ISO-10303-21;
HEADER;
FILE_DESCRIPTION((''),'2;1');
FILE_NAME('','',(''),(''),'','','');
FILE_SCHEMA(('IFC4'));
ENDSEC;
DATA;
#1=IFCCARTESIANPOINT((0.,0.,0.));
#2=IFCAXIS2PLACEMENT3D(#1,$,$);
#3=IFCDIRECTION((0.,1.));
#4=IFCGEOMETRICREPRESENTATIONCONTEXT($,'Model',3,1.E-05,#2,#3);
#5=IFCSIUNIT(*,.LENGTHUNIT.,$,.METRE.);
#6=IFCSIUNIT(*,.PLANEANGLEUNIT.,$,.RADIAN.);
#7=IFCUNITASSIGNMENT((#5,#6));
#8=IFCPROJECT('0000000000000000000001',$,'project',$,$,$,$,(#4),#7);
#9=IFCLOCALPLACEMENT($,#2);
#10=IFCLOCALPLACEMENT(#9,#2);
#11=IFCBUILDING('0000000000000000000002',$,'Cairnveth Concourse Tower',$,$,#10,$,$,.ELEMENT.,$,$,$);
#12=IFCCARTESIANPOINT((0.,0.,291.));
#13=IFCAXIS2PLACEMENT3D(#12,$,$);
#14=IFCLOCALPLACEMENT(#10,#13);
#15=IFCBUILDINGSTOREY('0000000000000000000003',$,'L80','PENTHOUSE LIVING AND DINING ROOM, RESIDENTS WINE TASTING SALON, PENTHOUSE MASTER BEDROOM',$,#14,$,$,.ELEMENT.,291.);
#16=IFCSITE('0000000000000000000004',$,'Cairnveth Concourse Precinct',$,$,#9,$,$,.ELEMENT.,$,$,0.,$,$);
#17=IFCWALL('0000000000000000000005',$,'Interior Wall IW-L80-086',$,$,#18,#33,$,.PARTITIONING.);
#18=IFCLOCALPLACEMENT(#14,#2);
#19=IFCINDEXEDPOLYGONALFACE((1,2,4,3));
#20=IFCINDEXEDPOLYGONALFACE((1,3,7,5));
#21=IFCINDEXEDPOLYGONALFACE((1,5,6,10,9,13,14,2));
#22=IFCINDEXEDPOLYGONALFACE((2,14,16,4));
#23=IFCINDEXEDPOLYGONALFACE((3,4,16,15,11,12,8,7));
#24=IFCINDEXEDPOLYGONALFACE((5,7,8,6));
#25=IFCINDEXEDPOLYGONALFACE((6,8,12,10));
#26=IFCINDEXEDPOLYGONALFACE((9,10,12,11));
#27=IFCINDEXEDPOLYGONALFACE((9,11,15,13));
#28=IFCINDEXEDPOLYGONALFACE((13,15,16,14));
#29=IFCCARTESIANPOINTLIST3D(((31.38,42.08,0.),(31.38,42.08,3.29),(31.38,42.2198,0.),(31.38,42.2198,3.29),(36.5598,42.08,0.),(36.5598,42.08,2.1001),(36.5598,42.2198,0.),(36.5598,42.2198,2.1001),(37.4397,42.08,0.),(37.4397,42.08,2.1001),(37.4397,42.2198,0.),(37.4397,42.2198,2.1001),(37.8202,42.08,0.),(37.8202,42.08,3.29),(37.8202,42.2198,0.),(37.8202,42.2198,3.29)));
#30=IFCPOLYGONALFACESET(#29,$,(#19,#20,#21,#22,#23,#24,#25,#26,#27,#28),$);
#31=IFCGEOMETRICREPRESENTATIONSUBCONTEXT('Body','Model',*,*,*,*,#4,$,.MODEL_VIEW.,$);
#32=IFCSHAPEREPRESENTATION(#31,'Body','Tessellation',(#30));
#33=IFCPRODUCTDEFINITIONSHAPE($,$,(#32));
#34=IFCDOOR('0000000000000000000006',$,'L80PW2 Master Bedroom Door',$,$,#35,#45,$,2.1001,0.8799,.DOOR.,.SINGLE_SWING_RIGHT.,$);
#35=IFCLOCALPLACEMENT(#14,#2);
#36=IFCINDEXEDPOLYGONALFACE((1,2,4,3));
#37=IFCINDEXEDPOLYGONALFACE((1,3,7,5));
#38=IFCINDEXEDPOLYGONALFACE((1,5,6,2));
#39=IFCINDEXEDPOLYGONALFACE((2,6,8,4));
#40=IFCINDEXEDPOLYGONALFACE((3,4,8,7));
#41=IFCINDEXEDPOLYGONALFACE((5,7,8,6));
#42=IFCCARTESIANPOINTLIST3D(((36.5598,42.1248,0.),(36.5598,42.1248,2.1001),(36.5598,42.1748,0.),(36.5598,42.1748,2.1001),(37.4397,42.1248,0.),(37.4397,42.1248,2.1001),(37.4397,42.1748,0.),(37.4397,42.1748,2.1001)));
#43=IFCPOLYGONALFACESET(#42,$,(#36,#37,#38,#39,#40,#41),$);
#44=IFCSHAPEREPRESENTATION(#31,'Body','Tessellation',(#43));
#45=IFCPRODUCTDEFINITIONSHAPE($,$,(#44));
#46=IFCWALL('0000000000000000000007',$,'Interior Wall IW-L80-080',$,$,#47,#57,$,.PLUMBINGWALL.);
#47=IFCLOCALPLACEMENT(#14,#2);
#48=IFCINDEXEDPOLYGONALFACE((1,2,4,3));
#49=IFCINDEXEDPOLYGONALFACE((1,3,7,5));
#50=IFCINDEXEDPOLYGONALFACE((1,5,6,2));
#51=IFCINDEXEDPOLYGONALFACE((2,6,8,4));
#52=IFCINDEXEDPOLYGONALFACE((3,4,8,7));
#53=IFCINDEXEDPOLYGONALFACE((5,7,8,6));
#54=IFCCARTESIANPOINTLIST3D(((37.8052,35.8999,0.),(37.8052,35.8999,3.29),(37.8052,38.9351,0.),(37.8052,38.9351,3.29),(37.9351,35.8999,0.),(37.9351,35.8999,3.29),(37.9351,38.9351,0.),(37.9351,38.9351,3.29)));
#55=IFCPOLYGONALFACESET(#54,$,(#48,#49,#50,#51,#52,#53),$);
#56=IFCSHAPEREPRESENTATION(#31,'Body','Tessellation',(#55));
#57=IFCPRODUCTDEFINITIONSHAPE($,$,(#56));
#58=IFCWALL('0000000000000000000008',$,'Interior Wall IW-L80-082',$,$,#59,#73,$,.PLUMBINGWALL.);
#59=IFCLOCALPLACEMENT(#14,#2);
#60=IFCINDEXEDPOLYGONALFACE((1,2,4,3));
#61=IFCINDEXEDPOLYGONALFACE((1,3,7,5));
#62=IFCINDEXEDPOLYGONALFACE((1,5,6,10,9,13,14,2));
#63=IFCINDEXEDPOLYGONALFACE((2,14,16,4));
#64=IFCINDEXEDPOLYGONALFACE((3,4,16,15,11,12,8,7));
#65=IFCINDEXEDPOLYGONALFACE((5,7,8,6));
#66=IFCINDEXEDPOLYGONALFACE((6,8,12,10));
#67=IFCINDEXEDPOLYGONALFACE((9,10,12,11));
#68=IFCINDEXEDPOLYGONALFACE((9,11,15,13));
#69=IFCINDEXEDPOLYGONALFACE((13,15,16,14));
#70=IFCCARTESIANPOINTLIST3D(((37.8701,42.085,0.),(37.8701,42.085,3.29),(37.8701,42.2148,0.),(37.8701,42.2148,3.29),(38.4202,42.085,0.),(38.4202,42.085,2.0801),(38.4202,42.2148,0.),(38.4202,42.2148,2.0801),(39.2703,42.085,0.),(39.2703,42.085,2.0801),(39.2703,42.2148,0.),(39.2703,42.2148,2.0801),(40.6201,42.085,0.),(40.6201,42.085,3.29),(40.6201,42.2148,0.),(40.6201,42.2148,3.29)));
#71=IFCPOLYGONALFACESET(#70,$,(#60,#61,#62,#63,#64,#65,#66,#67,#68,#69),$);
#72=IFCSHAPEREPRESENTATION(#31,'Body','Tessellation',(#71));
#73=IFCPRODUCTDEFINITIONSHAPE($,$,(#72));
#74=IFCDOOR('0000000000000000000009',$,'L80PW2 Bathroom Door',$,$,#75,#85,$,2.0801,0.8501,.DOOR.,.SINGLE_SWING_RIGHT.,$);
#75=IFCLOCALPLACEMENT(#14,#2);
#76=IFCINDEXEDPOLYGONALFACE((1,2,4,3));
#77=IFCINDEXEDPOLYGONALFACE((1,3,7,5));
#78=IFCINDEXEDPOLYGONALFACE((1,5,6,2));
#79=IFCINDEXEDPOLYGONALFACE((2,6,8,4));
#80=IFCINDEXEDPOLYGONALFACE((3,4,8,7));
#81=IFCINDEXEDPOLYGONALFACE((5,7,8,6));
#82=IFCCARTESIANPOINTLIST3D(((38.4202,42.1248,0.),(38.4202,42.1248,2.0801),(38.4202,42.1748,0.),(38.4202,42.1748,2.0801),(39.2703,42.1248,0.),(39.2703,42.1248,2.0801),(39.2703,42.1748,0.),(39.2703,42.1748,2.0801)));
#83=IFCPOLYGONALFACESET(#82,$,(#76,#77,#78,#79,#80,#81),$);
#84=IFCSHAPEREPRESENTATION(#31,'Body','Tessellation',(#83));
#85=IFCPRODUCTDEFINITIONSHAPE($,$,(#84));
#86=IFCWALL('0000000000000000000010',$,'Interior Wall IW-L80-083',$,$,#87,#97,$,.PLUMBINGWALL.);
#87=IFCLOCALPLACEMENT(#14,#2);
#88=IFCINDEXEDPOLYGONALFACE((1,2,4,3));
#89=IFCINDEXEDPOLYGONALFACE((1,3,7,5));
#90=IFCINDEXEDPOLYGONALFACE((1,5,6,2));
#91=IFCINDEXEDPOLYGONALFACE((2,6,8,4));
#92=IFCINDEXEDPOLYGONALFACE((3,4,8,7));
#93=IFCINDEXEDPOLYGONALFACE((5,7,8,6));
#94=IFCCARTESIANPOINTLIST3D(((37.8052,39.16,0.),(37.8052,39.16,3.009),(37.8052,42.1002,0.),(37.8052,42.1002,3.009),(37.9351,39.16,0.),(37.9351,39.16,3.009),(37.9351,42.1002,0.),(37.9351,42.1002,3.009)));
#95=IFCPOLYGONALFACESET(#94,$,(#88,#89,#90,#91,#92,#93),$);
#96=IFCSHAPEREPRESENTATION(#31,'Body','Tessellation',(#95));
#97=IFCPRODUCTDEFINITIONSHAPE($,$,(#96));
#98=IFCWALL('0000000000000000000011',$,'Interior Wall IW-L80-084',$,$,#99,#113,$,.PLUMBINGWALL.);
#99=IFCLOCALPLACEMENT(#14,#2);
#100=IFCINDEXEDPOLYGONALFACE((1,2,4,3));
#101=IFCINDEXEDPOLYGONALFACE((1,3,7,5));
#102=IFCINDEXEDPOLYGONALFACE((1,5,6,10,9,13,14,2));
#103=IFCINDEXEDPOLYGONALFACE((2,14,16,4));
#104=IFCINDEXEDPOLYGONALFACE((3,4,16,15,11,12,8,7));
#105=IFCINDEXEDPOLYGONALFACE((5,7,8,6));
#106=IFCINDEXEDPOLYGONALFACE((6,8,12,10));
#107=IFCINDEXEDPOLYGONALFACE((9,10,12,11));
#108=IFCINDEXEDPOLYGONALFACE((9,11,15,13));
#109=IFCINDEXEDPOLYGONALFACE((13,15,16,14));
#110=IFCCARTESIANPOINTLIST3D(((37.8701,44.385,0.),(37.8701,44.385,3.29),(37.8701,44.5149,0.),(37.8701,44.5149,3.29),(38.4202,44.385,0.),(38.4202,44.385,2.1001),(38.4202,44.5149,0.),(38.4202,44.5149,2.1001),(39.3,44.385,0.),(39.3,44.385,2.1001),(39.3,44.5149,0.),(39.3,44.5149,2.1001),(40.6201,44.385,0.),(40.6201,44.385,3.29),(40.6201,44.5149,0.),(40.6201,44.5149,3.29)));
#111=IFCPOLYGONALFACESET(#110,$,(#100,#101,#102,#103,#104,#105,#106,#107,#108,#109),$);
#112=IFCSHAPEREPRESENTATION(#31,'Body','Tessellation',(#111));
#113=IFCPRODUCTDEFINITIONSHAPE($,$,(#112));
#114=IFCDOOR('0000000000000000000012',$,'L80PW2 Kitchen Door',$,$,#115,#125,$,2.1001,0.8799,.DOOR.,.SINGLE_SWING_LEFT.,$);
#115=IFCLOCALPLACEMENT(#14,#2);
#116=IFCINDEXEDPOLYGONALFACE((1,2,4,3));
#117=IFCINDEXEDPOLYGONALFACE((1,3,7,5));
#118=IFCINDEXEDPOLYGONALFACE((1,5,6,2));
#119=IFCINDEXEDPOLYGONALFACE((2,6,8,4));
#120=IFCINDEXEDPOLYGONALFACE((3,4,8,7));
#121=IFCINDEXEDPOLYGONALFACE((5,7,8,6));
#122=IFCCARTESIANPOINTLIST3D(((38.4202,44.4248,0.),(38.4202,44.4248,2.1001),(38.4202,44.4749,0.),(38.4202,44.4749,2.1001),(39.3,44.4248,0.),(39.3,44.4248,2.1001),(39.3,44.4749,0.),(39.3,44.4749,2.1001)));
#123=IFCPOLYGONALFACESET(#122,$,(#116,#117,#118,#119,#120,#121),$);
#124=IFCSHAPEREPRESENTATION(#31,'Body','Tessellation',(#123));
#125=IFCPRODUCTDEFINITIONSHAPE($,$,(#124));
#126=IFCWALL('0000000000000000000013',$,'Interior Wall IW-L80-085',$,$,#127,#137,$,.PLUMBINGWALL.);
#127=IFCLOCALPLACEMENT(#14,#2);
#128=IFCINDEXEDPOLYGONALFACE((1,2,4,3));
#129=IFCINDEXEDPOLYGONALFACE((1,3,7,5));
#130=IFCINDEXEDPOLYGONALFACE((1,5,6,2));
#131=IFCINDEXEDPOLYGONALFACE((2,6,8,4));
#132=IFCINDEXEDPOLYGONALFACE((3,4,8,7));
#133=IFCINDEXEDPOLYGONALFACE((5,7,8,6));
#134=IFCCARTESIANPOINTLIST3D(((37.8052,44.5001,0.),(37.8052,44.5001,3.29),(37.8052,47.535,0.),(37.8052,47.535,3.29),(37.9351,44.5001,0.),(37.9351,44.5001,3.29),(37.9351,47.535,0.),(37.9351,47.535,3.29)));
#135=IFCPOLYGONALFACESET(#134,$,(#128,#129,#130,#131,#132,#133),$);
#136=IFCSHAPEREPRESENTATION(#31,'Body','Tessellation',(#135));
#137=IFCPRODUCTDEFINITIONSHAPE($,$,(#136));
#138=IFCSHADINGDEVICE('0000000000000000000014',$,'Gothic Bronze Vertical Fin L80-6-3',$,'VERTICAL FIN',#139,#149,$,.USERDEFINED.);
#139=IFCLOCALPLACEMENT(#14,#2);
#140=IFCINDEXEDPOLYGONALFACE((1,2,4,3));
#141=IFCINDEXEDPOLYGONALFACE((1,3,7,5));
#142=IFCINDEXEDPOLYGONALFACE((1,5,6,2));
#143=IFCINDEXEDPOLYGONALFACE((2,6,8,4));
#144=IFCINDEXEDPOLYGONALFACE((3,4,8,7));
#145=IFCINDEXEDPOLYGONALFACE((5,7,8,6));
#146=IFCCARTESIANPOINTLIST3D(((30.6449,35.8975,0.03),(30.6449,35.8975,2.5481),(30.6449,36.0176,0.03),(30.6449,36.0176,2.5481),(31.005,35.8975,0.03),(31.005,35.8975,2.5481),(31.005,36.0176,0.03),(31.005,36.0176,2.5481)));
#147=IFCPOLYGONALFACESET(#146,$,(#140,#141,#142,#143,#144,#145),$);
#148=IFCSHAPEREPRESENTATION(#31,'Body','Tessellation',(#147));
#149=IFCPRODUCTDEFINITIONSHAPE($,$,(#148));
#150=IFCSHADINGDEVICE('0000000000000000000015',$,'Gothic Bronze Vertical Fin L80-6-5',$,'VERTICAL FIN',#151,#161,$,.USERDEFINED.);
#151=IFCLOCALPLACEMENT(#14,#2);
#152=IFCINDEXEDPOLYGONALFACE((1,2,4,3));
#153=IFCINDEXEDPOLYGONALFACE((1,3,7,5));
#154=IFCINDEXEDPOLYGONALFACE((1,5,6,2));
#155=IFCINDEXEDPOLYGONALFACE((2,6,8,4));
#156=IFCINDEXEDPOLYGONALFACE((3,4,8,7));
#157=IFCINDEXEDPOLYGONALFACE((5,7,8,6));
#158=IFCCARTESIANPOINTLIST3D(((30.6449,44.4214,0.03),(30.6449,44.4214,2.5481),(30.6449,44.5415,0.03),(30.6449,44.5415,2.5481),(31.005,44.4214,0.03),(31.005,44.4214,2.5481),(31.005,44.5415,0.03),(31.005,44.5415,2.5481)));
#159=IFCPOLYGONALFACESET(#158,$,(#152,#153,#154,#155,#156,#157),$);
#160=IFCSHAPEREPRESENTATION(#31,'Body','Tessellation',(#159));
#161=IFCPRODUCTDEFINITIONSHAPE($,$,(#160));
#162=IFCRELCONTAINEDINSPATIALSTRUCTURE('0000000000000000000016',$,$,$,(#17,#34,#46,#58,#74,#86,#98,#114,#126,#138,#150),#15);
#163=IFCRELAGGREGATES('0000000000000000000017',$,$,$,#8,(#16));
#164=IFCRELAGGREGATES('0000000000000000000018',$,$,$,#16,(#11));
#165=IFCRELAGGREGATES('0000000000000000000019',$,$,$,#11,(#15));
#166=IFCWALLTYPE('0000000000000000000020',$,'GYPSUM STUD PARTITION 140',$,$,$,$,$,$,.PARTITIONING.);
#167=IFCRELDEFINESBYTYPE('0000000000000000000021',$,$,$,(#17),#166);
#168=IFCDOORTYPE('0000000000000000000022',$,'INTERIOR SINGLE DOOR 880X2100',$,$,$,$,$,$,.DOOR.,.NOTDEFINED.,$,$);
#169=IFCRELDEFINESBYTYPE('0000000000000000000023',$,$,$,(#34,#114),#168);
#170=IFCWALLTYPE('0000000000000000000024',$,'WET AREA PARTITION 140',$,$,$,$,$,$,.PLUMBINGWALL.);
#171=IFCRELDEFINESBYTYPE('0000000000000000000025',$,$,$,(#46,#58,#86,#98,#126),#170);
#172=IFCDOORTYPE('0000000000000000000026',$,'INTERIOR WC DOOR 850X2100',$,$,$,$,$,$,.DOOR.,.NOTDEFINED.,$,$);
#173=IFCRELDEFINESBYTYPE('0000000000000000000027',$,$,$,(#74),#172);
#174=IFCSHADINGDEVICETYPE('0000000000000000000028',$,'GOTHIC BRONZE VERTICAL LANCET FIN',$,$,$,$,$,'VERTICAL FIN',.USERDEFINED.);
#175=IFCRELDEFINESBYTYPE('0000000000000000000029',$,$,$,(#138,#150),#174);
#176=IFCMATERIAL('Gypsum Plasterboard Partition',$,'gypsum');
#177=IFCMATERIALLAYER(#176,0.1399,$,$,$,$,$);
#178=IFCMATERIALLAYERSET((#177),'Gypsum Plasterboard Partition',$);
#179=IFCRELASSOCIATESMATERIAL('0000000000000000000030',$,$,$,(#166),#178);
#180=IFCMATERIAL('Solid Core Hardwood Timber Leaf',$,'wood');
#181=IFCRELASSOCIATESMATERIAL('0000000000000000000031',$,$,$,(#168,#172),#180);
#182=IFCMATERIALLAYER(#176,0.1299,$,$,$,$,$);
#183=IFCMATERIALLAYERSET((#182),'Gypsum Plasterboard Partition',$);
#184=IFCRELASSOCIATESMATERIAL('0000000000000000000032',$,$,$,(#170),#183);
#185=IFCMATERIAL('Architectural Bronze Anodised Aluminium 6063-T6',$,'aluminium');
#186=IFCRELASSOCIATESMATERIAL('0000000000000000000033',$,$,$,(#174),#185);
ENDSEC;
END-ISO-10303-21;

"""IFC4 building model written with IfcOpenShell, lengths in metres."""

from ifc_helpers import new_model, si_unit, direction, frame, frame_2d, origin, origin_2d, place, context, subcontext, project, spatial, rectangle, extrude, material, layer, layer_set, type_object, element, fill, save


model = new_model("IFC4")

# Units and contexts
model_context = context("Model", 3, precision=1e-05, world=origin(), true_north=direction((0.0, 1.0)))
body_context = subcontext(model_context, "Body", "Model", "MODEL_VIEW")
ifc_project = project(units=[si_unit("LENGTHUNIT", "METRE"), si_unit("PLANEANGLEUNIT", "RADIAN")], contexts=[model_context])

# Site, building, storey
site_placement = place(None, origin())
site = spatial("IfcSite", under=ifc_project, at=site_placement, Name="Cairnveth Concourse Precinct", CompositionType="ELEMENT", RefElevation=0.0)
building_placement = place(site_placement, origin())
building = spatial("IfcBuilding", under=site, at=building_placement, Name="Cairnveth Concourse Tower", CompositionType="ELEMENT")
storey_placement = place(building_placement, frame((0.0, 0.0, 291.0)))
storey = spatial("IfcBuildingStorey", under=building, at=storey_placement, Name="L80", Description="PENTHOUSE LIVING AND DINING ROOM, RESIDENTS WINE TASTING SALON, PENTHOUSE MASTER BEDROOM", CompositionType="ELEMENT", Elevation=291.0)

# Shared definitions
ifc_material_1 = material(Name="Gypsum Plasterboard Partition", Category="gypsum")

# Wall, opening, door
ifc_layer_1 = layer(ifc_material_1, 0.1399)
ifc_layer_set_1 = layer_set([ifc_layer_1], Name="Gypsum Plasterboard Partition")
wall_type_1 = type_object("IfcWallType", Name="GYPSUM STUD PARTITION 140", PredefinedType="PARTITIONING", material=ifc_layer_set_1)
wall_1_placement = place(storey_placement, frame((31.3799, 42.1499, 0.0), z_axis=(0.0, 0.0, 1.0), x_axis=(1.0, 0.0, 0.0)))
wall_1 = element("IfcWall", 1, at=wall_1_placement, inside=storey, type_object=wall_type_1, Name="Interior Wall IW-L80-086", PredefinedType="PARTITIONING", context=body_context, shape_type="SweptSolid", body=[
    extrude(rectangle(XDim=6.4402, YDim=0.1399, at=frame_2d((3.2202, 0.0))), origin(), (0.0, 0.0, 1.0), 3.29),
])
opening_1_placement = place(wall_1_placement, frame((5.1799, 0.0, 0.0)))
opening_1 = element("IfcOpeningElement", 2, at=opening_1_placement, cuts=wall_1, PredefinedType="OPENING", context=body_context, shape_type="SweptSolid", body=[
    extrude(rectangle(XDim=0.8799, YDim=2.1001, at=frame_2d((0.4399, 1.05))), frame((0.0, 0.0798, 0.0), z_axis=(0.0, -1.0, 0.0), x_axis=(1.0, 0.0, 0.0)), (0.0, 0.0, 1.0), 0.1599),
])
ifc_material_2 = material(Name="Solid Core Hardwood Timber Leaf", Category="wood")
door_type_1 = type_object("IfcDoorType", Name="INTERIOR SINGLE DOOR 880X2100", OperationType="NOTDEFINED", PredefinedType="DOOR", material=ifc_material_2)
door_1_placement = place(opening_1_placement, origin())
door_1 = element("IfcDoor", 3, at=door_1_placement, inside=storey, type_object=door_type_1, Name="L80PW2 Master Bedroom Door", OperationType="SINGLE_SWING_RIGHT", OverallHeight=2.1001, OverallWidth=0.8799, PredefinedType="DOOR", context=body_context, shape_type="SweptSolid", body=[
    extrude(rectangle(XDim=0.8799, YDim=2.1001, at=frame_2d((0.4399, 1.05))), frame((0.0, 0.0249, 0.0), z_axis=(0.0, -1.0, 0.0), x_axis=(1.0, 0.0, 0.0)), (0.0, 0.0, 1.0), 0.05),
])
fill(opening_1, door_1)

# Wall
ifc_layer_2 = layer(ifc_material_1, 0.1299)
ifc_layer_set_2 = layer_set([ifc_layer_2], Name="Gypsum Plasterboard Partition")
wall_type_2 = type_object("IfcWallType", Name="WET AREA PARTITION 140", PredefinedType="PLUMBINGWALL", material=ifc_layer_set_2)
wall_2_placement = place(storey_placement, frame((37.8701, 35.8999, 0.0), z_axis=(0.0, 0.0, 1.0), x_axis=(0.0, 1.0, 0.0)))
element("IfcWall", 4, at=wall_2_placement, inside=storey, type_object=wall_type_2, Name="Interior Wall IW-L80-080", PredefinedType="PLUMBINGWALL", context=body_context, shape_type="SweptSolid", body=[
    extrude(rectangle(XDim=3.0352, YDim=0.1299, at=frame_2d((1.5176, 0.0))), origin(), (0.0, 0.0, 1.0), 3.29),
])

# Wall, opening, door
wall_3_placement = place(storey_placement, frame((37.8701, 42.1499, 0.0), z_axis=(0.0, 0.0, 1.0), x_axis=(1.0, 0.0, 0.0)))
wall_3 = element("IfcWall", 5, at=wall_3_placement, inside=storey, type_object=wall_type_2, Name="Interior Wall IW-L80-082", PredefinedType="PLUMBINGWALL", context=body_context, shape_type="SweptSolid", body=[
    extrude(rectangle(XDim=2.75, YDim=0.1299, at=frame_2d((1.375, 0.0))), origin(), (0.0, 0.0, 1.0), 3.29),
])
opening_2_placement = place(wall_3_placement, frame((0.55, 0.0, 0.0)))
opening_2 = element("IfcOpeningElement", 6, at=opening_2_placement, cuts=wall_3, PredefinedType="OPENING", context=body_context, shape_type="SweptSolid", body=[
    extrude(rectangle(XDim=0.8501, YDim=2.0801, at=frame_2d((0.425, 1.04))), frame((0.0, 0.075, 0.0), z_axis=(0.0, -1.0, 0.0), x_axis=(1.0, 0.0, 0.0)), (0.0, 0.0, 1.0), 0.1499),
])
door_type_2 = type_object("IfcDoorType", Name="INTERIOR WC DOOR 850X2100", OperationType="NOTDEFINED", PredefinedType="DOOR", material=ifc_material_2)
door_2_placement = place(opening_2_placement, origin())
door_2 = element("IfcDoor", 7, at=door_2_placement, inside=storey, type_object=door_type_2, Name="L80PW2 Bathroom Door", OperationType="SINGLE_SWING_RIGHT", OverallHeight=2.0801, OverallWidth=0.8501, PredefinedType="DOOR", context=body_context, shape_type="SweptSolid", body=[
    extrude(rectangle(XDim=0.8501, YDim=2.0801, at=frame_2d((0.425, 1.04))), frame((0.0, 0.0249, 0.0), z_axis=(0.0, -1.0, 0.0), x_axis=(1.0, 0.0, 0.0)), (0.0, 0.0, 1.0), 0.05),
])
fill(opening_2, door_2)

# Wall
wall_4_placement = place(storey_placement, frame((37.8701, 39.1599, 0.0), z_axis=(0.0, 0.0, 1.0), x_axis=(0.0, 1.0, 0.0)))
element("IfcWall", 8, at=wall_4_placement, inside=storey, type_object=wall_type_2, Name="Interior Wall IW-L80-083", PredefinedType="PLUMBINGWALL", context=body_context, shape_type="SweptSolid", body=[
    extrude(rectangle(XDim=2.9402, YDim=0.1299, at=frame_2d((1.4702, 0.0))), origin(), (0.0, 0.0, 1.0), 3.009),
])

# Wall, opening, door
wall_5_placement = place(storey_placement, frame((37.8701, 44.45, 0.0), z_axis=(0.0, 0.0, 1.0), x_axis=(1.0, 0.0, 0.0)))
wall_5 = element("IfcWall", 9, at=wall_5_placement, inside=storey, type_object=wall_type_2, Name="Interior Wall IW-L80-084", PredefinedType="PLUMBINGWALL", context=body_context, shape_type="SweptSolid", body=[
    extrude(rectangle(XDim=2.75, YDim=0.1299, at=frame_2d((1.375, 0.0))), origin(), (0.0, 0.0, 1.0), 3.29),
])
opening_3_placement = place(wall_5_placement, frame((0.55, 0.0, 0.0)))
opening_3 = element("IfcOpeningElement", 10, at=opening_3_placement, cuts=wall_5, PredefinedType="OPENING", context=body_context, shape_type="SweptSolid", body=[
    extrude(rectangle(XDim=0.8799, YDim=2.1001, at=frame_2d((0.4399, 1.05))), frame((0.0, 0.075, 0.0), z_axis=(0.0, -1.0, 0.0), x_axis=(1.0, 0.0, 0.0)), (0.0, 0.0, 1.0), 0.1499),
])
door_3_placement = place(opening_3_placement, origin())
door_3 = element("IfcDoor", 11, at=door_3_placement, inside=storey, type_object=door_type_1, Name="L80PW2 Kitchen Door", OperationType="SINGLE_SWING_LEFT", OverallHeight=2.1001, OverallWidth=0.8799, PredefinedType="DOOR", context=body_context, shape_type="SweptSolid", body=[
    extrude(rectangle(XDim=0.8799, YDim=2.1001, at=frame_2d((0.4399, 1.05))), frame((0.0, 0.0249, 0.0), z_axis=(0.0, -1.0, 0.0), x_axis=(1.0, 0.0, 0.0)), (0.0, 0.0, 1.0), 0.05),
])
fill(opening_3, door_3)

# Wall
wall_6_placement = place(storey_placement, frame((37.8701, 44.5, 0.0), z_axis=(0.0, 0.0, 1.0), x_axis=(0.0, 1.0, 0.0)))
element("IfcWall", 12, at=wall_6_placement, inside=storey, type_object=wall_type_2, Name="Interior Wall IW-L80-085", PredefinedType="PLUMBINGWALL", context=body_context, shape_type="SweptSolid", body=[
    extrude(rectangle(XDim=3.0349, YDim=0.1299, at=frame_2d((1.5176, 0.0))), origin(), (0.0, 0.0, 1.0), 3.29),
])

# Shading devices
ifc_material_3 = material(Name="Architectural Bronze Anodised Aluminium 6063-T6", Category="aluminium")
shading_device_type = type_object("IfcShadingDeviceType", Name="GOTHIC BRONZE VERTICAL LANCET FIN", ElementType="VERTICAL FIN", PredefinedType="USERDEFINED", material=ifc_material_3)
for number, where, z_axis, x_axis, name in (
    (13, (30.825, 35.9575, 0.03), (0.0, 0.0, 1.0), (0.0, 1.0, 0.0), "Gothic Bronze Vertical Fin L80-6-3"),
    (14, (30.825, 44.4814, 0.03), (0.0, 0.0, 1.0), (0.0, 1.0, 0.0), "Gothic Bronze Vertical Fin L80-6-5"),
):
    element("IfcShadingDevice", number, at=place(storey_placement, frame(where, z_axis=z_axis, x_axis=x_axis)), inside=storey, type_object=shading_device_type, Name=name, ObjectType="VERTICAL FIN", PredefinedType="USERDEFINED", context=body_context, shape_type="SweptSolid", body=[
        extrude(rectangle(XDim=0.1201, YDim=0.3601, at=origin_2d()), origin(), (0.0, 0.0, 1.0), 2.5181),
    ])

save(model, "model.ifc")
